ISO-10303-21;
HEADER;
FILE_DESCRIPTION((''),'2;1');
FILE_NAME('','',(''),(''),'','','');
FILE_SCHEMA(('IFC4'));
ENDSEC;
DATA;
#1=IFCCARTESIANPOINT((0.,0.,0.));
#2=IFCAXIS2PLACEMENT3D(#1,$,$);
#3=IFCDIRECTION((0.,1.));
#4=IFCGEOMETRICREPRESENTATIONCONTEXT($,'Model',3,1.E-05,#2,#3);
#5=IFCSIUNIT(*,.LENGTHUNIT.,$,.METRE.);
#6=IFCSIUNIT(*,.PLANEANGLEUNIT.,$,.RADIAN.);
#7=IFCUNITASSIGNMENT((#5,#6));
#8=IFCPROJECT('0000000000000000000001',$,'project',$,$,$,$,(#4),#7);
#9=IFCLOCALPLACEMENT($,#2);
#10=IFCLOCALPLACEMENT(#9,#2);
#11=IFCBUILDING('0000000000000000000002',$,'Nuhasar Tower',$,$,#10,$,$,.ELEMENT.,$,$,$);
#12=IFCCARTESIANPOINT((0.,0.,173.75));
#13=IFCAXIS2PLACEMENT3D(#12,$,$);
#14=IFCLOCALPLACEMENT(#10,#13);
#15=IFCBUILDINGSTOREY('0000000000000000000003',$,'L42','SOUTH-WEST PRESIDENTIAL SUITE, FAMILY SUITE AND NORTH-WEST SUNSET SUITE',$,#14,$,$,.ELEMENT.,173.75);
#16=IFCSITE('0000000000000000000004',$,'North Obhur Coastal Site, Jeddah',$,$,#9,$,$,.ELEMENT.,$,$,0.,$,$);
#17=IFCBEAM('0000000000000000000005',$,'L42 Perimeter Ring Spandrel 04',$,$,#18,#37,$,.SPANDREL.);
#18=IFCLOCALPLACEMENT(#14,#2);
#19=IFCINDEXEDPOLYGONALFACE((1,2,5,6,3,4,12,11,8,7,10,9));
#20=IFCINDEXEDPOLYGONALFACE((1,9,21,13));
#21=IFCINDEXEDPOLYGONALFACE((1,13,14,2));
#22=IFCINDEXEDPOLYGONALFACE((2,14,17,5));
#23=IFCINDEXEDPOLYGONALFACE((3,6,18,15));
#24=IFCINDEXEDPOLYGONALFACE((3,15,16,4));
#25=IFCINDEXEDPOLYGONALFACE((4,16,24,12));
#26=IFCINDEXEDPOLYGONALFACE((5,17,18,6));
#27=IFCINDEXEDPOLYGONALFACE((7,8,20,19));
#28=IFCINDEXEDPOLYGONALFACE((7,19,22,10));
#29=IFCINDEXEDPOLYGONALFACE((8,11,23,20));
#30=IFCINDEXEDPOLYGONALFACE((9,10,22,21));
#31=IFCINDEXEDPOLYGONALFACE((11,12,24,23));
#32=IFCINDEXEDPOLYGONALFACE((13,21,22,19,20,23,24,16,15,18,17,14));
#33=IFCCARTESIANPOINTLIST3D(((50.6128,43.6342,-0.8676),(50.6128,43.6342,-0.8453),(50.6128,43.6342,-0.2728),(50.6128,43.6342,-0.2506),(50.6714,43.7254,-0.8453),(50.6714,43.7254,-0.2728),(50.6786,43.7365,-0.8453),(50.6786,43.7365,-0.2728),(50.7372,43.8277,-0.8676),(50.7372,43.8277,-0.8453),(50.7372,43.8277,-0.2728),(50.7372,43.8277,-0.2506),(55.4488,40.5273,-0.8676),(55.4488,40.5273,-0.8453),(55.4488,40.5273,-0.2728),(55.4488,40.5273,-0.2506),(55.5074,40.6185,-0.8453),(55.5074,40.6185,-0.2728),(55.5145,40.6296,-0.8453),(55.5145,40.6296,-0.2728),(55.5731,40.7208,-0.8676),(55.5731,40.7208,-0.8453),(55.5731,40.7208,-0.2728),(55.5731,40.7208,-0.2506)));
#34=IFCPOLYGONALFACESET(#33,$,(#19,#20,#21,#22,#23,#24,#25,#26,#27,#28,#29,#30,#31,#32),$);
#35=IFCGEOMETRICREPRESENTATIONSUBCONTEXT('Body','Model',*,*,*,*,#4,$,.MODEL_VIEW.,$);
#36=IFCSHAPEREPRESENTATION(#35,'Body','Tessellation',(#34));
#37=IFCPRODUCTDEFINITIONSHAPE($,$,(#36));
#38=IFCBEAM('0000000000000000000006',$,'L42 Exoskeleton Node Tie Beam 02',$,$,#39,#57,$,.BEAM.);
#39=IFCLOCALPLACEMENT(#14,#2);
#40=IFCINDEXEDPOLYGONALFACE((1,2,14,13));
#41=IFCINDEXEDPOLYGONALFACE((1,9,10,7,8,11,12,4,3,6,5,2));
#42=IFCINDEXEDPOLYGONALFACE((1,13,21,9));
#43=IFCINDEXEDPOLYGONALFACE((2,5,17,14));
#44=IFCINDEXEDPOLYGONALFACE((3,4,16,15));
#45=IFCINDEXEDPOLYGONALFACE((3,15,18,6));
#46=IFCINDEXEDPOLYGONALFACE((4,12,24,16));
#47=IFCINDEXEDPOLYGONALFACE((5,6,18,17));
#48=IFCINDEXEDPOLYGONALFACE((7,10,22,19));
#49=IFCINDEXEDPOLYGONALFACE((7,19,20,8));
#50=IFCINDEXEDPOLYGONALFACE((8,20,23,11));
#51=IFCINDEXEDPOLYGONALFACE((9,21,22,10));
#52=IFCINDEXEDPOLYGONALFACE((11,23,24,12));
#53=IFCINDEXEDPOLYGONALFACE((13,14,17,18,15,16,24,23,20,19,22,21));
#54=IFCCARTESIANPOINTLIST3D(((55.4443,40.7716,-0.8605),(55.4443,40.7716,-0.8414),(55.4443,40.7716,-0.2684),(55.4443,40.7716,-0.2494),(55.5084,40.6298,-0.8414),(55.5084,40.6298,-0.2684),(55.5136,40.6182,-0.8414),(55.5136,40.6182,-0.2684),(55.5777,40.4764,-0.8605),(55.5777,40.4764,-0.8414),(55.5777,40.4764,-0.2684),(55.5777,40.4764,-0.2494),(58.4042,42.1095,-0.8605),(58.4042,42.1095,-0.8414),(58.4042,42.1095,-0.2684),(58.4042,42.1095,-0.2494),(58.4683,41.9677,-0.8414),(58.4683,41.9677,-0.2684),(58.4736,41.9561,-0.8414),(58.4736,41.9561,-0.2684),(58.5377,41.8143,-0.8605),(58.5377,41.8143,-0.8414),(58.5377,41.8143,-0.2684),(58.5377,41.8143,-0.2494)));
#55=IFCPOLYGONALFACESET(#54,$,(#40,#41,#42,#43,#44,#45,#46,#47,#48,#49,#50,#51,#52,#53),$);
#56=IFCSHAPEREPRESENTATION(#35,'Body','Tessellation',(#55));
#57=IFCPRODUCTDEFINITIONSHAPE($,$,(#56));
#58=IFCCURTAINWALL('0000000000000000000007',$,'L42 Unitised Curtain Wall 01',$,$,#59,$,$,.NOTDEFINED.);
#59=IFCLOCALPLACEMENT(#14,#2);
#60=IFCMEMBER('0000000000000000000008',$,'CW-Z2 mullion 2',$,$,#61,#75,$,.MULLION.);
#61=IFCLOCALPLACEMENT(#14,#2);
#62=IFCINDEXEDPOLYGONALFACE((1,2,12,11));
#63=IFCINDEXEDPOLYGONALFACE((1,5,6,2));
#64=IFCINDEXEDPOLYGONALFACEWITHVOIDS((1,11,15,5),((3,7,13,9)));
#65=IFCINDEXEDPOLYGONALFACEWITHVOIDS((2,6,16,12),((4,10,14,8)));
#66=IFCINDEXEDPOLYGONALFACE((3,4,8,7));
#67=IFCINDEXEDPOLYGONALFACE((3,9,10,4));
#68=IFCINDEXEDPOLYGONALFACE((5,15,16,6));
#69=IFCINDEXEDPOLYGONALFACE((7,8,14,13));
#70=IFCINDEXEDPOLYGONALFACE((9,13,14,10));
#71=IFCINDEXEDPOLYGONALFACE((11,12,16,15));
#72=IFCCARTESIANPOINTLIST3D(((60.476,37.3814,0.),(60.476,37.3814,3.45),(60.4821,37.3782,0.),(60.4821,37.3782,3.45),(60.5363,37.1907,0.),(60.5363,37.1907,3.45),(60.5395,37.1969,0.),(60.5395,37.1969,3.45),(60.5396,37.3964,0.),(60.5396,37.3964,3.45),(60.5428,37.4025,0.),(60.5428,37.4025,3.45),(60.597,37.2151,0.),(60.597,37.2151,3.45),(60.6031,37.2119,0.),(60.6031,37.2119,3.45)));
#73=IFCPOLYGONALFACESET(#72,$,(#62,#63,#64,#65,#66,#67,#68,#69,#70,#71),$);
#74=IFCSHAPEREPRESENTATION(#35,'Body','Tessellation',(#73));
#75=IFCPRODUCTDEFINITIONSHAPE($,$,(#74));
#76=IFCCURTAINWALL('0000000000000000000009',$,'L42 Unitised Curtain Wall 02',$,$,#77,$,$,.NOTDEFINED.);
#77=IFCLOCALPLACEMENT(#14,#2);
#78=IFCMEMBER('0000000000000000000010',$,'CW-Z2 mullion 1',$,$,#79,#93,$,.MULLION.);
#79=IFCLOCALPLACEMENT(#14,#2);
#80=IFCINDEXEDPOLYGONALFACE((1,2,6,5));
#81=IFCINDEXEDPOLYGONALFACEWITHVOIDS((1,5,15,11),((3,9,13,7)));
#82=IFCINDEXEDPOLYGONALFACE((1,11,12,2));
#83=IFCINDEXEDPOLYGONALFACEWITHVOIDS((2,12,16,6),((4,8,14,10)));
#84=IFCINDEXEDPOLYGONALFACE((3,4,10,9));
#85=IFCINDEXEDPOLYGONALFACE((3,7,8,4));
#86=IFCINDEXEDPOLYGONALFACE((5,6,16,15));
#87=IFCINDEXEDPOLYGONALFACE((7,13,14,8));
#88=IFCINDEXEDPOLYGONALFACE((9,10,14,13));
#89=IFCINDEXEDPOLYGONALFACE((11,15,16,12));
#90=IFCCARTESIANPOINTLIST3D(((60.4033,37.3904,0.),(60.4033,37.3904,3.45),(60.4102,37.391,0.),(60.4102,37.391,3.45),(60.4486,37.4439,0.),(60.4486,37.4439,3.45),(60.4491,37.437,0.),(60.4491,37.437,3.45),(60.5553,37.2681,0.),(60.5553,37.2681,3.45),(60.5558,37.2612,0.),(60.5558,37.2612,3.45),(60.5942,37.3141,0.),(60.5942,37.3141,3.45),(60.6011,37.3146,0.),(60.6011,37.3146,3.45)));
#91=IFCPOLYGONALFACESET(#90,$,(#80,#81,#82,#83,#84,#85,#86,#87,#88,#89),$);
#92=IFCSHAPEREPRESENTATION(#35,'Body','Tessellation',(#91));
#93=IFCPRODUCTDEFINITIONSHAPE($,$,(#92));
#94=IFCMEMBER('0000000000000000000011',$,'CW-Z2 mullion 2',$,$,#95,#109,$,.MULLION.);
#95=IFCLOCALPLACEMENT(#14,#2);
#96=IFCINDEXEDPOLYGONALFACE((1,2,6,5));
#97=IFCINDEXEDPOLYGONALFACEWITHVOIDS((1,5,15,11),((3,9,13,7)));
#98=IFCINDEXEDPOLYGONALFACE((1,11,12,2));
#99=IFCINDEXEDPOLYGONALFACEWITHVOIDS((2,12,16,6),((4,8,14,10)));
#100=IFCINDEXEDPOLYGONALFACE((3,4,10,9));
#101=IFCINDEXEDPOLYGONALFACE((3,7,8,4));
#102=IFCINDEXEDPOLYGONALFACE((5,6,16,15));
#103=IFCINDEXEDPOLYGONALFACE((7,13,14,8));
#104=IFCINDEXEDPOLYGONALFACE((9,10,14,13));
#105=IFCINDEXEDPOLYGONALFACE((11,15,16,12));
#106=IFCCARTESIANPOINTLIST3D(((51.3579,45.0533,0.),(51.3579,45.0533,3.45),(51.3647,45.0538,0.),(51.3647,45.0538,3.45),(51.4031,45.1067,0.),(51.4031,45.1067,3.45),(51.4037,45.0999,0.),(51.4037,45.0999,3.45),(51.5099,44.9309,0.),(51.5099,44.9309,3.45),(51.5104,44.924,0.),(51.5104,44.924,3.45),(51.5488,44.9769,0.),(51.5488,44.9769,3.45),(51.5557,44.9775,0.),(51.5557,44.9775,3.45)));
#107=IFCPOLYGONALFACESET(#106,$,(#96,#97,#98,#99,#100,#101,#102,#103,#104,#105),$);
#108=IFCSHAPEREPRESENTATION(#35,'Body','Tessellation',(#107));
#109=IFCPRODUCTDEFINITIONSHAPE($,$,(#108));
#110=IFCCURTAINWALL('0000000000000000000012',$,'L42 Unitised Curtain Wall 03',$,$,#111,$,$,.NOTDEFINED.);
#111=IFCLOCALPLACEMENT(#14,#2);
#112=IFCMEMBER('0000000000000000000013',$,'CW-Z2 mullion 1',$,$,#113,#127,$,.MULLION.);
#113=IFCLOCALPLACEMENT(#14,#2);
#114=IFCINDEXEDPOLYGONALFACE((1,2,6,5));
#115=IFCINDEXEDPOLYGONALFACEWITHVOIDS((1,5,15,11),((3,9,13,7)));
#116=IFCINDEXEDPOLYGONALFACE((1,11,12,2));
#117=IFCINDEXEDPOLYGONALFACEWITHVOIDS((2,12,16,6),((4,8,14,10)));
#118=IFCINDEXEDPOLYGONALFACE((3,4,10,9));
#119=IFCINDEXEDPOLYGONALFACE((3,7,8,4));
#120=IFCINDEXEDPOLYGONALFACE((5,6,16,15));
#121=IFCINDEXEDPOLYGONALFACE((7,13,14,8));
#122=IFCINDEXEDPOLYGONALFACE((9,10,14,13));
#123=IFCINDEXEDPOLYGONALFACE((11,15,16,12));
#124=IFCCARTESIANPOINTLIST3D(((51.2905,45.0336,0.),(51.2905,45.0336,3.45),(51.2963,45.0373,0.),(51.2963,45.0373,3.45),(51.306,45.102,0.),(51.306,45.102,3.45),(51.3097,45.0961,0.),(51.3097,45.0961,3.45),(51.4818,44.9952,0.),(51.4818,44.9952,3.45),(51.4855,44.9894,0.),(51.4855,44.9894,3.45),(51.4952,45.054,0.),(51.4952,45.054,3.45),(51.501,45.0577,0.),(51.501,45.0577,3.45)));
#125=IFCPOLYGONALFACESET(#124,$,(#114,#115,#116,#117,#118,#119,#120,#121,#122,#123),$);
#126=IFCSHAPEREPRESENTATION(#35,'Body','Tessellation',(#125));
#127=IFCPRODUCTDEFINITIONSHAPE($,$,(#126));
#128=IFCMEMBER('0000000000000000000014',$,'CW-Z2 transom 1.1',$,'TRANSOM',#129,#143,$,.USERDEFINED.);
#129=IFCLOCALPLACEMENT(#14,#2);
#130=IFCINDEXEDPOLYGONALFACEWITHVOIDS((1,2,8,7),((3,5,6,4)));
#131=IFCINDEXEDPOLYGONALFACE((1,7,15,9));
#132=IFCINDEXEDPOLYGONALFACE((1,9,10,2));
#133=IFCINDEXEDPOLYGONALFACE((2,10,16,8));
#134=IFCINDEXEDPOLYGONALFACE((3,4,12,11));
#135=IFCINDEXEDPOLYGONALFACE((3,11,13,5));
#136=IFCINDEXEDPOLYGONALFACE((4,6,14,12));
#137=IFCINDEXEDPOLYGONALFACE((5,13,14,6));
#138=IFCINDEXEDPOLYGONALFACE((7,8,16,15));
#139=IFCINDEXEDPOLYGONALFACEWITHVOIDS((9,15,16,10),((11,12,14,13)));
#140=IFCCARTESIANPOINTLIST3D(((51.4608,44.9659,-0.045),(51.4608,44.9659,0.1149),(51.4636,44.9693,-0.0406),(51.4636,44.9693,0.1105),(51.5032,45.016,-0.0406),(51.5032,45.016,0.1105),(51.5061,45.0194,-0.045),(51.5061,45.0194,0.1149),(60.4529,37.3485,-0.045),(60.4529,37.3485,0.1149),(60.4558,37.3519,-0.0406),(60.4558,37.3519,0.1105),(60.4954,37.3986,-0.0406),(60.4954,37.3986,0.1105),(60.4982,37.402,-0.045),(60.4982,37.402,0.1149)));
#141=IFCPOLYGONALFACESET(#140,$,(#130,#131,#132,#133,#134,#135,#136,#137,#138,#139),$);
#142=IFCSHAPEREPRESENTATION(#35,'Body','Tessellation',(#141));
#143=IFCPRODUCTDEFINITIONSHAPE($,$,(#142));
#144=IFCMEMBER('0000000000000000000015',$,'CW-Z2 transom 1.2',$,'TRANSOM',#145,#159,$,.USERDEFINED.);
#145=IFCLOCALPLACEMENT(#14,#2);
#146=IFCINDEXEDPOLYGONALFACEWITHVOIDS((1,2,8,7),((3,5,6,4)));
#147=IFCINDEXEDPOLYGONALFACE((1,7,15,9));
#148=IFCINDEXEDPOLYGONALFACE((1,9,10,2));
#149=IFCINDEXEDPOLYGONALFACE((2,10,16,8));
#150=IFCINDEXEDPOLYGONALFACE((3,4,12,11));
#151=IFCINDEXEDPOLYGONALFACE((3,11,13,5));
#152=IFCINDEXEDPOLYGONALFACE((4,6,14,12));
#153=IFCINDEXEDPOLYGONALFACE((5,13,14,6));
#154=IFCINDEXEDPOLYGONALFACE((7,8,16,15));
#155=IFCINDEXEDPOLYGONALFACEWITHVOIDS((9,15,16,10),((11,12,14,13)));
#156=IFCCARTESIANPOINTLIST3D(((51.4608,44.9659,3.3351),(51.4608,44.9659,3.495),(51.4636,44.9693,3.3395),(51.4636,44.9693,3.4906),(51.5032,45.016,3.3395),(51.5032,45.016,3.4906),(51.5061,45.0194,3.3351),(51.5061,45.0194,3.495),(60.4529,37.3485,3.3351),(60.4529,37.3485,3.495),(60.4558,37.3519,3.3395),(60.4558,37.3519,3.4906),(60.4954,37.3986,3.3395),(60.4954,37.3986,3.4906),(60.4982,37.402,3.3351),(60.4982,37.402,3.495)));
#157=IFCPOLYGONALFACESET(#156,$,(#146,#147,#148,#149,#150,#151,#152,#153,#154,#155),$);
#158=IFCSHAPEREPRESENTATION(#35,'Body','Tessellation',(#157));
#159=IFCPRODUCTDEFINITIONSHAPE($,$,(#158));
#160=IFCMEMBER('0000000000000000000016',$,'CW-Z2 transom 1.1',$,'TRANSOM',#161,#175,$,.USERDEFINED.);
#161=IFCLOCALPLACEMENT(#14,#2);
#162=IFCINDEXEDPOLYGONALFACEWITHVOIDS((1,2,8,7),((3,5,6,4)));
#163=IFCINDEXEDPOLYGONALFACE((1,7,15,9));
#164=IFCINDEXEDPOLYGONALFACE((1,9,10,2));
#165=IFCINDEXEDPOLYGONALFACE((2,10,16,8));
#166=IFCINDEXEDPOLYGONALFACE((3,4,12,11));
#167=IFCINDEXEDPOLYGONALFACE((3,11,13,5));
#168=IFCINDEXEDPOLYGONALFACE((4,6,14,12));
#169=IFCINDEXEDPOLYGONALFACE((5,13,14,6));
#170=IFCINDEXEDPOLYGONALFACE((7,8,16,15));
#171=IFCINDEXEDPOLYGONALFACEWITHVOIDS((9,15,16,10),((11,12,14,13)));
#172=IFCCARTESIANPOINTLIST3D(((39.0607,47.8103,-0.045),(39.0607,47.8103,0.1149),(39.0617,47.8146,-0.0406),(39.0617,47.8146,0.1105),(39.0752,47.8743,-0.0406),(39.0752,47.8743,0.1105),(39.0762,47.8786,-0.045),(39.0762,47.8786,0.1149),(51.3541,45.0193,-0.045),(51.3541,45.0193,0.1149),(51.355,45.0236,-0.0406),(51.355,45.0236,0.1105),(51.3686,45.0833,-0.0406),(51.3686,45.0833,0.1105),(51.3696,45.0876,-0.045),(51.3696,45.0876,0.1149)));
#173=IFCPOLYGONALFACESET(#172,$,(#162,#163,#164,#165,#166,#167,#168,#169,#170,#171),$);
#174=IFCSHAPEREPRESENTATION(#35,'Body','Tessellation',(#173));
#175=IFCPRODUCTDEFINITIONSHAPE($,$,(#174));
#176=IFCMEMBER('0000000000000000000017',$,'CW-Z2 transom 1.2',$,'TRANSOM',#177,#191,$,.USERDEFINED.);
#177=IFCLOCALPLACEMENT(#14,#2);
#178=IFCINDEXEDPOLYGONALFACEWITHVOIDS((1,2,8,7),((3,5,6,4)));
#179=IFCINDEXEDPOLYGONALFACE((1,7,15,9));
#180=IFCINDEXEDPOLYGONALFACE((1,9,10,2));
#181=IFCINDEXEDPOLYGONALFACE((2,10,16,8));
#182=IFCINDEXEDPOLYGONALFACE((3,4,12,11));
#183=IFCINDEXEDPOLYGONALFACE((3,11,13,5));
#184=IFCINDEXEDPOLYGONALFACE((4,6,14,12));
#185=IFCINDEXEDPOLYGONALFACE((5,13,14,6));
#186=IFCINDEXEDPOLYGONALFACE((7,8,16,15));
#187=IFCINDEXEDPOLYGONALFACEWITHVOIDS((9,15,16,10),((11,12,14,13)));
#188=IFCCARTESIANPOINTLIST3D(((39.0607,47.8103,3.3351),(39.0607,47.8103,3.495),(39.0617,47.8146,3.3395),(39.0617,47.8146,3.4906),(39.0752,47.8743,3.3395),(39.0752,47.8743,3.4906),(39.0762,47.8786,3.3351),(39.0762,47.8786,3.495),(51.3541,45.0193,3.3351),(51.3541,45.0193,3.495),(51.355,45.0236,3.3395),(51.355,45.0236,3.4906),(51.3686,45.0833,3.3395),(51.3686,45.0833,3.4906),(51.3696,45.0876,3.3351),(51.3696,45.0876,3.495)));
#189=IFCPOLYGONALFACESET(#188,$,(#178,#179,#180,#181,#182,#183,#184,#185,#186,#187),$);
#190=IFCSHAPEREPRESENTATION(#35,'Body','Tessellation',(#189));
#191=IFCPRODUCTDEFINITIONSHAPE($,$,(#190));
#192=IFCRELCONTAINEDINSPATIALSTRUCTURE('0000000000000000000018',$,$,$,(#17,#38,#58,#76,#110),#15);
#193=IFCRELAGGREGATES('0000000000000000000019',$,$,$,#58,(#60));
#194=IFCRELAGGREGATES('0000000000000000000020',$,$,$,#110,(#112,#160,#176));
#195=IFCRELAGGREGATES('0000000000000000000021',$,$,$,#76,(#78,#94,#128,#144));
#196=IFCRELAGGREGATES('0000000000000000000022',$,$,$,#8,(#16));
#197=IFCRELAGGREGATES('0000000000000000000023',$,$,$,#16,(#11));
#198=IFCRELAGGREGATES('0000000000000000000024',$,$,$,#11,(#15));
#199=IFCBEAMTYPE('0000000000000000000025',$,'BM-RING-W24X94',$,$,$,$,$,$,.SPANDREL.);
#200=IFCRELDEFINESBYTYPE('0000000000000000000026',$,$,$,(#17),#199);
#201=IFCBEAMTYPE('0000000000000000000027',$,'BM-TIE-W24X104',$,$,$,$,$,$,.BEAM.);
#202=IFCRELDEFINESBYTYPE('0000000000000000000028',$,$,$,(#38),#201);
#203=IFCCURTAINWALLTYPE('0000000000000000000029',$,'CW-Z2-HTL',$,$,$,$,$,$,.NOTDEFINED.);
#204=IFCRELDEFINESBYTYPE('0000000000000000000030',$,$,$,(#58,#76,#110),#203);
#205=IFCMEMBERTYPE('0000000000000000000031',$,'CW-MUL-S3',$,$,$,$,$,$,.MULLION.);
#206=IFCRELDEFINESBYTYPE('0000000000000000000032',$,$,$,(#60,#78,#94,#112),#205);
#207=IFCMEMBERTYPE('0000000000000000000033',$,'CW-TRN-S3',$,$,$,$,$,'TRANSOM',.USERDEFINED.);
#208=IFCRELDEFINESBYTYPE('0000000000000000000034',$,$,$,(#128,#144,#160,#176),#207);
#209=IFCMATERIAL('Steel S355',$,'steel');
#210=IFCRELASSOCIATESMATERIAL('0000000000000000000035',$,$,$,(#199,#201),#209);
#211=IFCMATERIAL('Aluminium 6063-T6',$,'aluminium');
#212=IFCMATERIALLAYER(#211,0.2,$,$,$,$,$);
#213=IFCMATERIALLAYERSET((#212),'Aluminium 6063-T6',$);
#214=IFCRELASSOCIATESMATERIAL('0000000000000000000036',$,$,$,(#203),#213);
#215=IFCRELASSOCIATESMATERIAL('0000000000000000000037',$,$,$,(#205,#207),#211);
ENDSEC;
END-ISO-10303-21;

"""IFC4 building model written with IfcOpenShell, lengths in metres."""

from ifc_helpers import new_model, si_unit, direction, frame, origin, origin_2d, place, context, subcontext, project, spatial, hollow_rectangle, i_section, extrude, material, layer, layer_set, material_profile, profile_set, type_object, element, aggregate, save


model = new_model("IFC4")

# Units and contexts
model_context = context("Model", 3, precision=1e-05, world=origin(), true_north=direction((0.0, 1.0)))
body_context = subcontext(model_context, "Body", "Model", "MODEL_VIEW")
ifc_project = project(units=[si_unit("LENGTHUNIT", "METRE"), si_unit("PLANEANGLEUNIT", "RADIAN")], contexts=[model_context])

# Site, building, storey
site_placement = place(None, origin())
site = spatial("IfcSite", under=ifc_project, at=site_placement, Name="North Obhur Coastal Site, Jeddah", CompositionType="ELEMENT", RefElevation=0.0)
building_placement = place(site_placement, origin())
building = spatial("IfcBuilding", under=site, at=building_placement, Name="Nuhasar Tower", CompositionType="ELEMENT")
storey_placement = place(building_placement, frame((0.0, 0.0, 173.75)))
storey = spatial("IfcBuildingStorey", under=building, at=storey_placement, Name="L42", Description="SOUTH-WEST PRESIDENTIAL SUITE, FAMILY SUITE AND NORTH-WEST SUNSET SUITE", CompositionType="ELEMENT", Elevation=173.75)

# Beams
ifc_material_1 = material(Name="Steel S355", Category="steel")
ifc_material_profile_1 = material_profile(ifc_material_1, i_section(OverallWidth=0.23, OverallDepth=0.6169, WebThickness=0.0132, FlangeThickness=0.0222, at=origin_2d()), Name="W24X94")
ifc_profile_set_1 = profile_set([ifc_material_profile_1], Name="Steel S355")
beam_type_1 = type_object("IfcBeamType", Name="BM-RING-W24X94", PredefinedType="SPANDREL", material=ifc_profile_set_1)
beam_1_placement = place(storey_placement, frame((55.511, 40.624, -0.5591), z_axis=(-0.841327, 0.540526, 0.0), x_axis=(-0.540526, -0.841327, 0.0)))
element("IfcBeam", 1, at=beam_1_placement, inside=storey, type_object=beam_type_1, Name="L42 Perimeter Ring Spandrel 04", PredefinedType="SPANDREL", context=body_context, shape_type="SweptSolid", body=[
    extrude(i_section(OverallWidth=0.23, OverallDepth=0.6169, WebThickness=0.0132, FlangeThickness=0.0222, at=origin_2d()), origin(), (0.0, 0.0, 1.0), 5.748),
])
ifc_material_profile_2 = material_profile(ifc_material_1, i_section(OverallWidth=0.324, OverallDepth=0.6111, WebThickness=0.0127, FlangeThickness=0.019, at=origin_2d()), Name="W24X104")
ifc_profile_set_2 = profile_set([ifc_material_profile_2], Name="Steel S355")
beam_type_2 = type_object("IfcBeamType", Name="BM-TIE-W24X104", PredefinedType="BEAM", material=ifc_profile_set_2)
beam_2_placement = place(storey_placement, frame((55.511, 40.624, -0.5549), z_axis=(0.91124, 0.411877, 0.0), x_axis=(-0.411877, 0.91124, 0.0)))
element("IfcBeam", 2, at=beam_2_placement, inside=storey, type_object=beam_type_2, Name="L42 Exoskeleton Node Tie Beam 02", PredefinedType="BEAM", context=body_context, shape_type="SweptSolid", body=[
    extrude(i_section(OverallWidth=0.324, OverallDepth=0.6111, WebThickness=0.0127, FlangeThickness=0.019, at=origin_2d()), origin(), (0.0, 0.0, 1.0), 3.2483),
])

# Curtain wall, member
ifc_material_2 = material(Name="Aluminium 6063-T6", Category="aluminium")
ifc_layer_1 = layer(ifc_material_2, 0.2)
ifc_layer_set_1 = layer_set([ifc_layer_1], Name="Aluminium 6063-T6")
curtain_wall_type = type_object("IfcCurtainWallType", Name="CW-Z2-HTL", PredefinedType="NOTDEFINED", material=ifc_layer_set_1)
curtain_wall_1_placement = place(storey_placement, origin())
curtain_wall_1 = element("IfcCurtainWall", 3, at=curtain_wall_1_placement, inside=storey, type_object=curtain_wall_type, Name="L42 Unitised Curtain Wall 01", PredefinedType="NOTDEFINED")
ifc_material_profile_3 = material_profile(ifc_material_2, hollow_rectangle(XDim=0.0701, YDim=0.2, WallThickness=0.0049, at=origin_2d()), Name="CWM-3")
ifc_profile_set_3 = profile_set([ifc_material_profile_3], Name="Aluminium 6063-T6")
member_type_1 = type_object("IfcMemberType", Name="CW-MUL-S3", PredefinedType="MULLION", material=ifc_profile_set_3)
member_1_placement = place(storey_placement, frame((60.5396, 37.2966, 0.0), z_axis=(0.0, 0.0, 1.0), x_axis=(-0.953433, -0.301604, 0.0)))
member_1 = element("IfcMember", 4, at=member_1_placement, type_object=member_type_1, Name="CW-Z2 mullion 2", PredefinedType="MULLION", context=body_context, shape_type="SweptSolid", body=[
    extrude(hollow_rectangle(XDim=0.0701, YDim=0.2, WallThickness=0.0049, at=origin_2d()), origin(), (0.0, 0.0, 1.0), 3.45),
])
aggregate(curtain_wall_1, [member_1])

# Curtain wall, members
curtain_wall_2_placement = place(storey_placement, origin())
curtain_wall_2 = element("IfcCurtainWall", 5, at=curtain_wall_2_placement, inside=storey, type_object=curtain_wall_type, Name="L42 Unitised Curtain Wall 02", PredefinedType="NOTDEFINED")
member_2_placement = place(storey_placement, frame((60.5022, 37.3525, 0.0), z_axis=(0.0, 0.0, 1.0), x_axis=(-0.646374, -0.76302, 0.0)))
member_2 = element("IfcMember", 6, at=member_2_placement, type_object=member_type_1, Name="CW-Z2 mullion 1", PredefinedType="MULLION", context=body_context, shape_type="SweptSolid", body=[
    extrude(hollow_rectangle(XDim=0.0701, YDim=0.2, WallThickness=0.0049, at=origin_2d()), origin(), (0.0, 0.0, 1.0), 3.45),
])
member_3_placement = place(storey_placement, frame((51.4568, 45.0154, 0.0), z_axis=(0.0, 0.0, 1.0), x_axis=(-0.646374, -0.76302, 0.0)))
member_3 = element("IfcMember", 7, at=member_3_placement, type_object=member_type_1, Name="CW-Z2 mullion 2", PredefinedType="MULLION", context=body_context, shape_type="SweptSolid", body=[
    extrude(hollow_rectangle(XDim=0.0701, YDim=0.2, WallThickness=0.0049, at=origin_2d()), origin(), (0.0, 0.0, 1.0), 3.45),
])

# Curtain wall, member
curtain_wall_3_placement = place(storey_placement, origin())
curtain_wall_3 = element("IfcCurtainWall", 8, at=curtain_wall_3_placement, inside=storey, type_object=curtain_wall_type, Name="L42 Unitised Curtain Wall 03", PredefinedType="NOTDEFINED")
member_4_placement = place(storey_placement, frame((51.3958, 45.0457, 0.0), z_axis=(0.0, 0.0, 1.0), x_axis=(-0.221397, -0.975184, 0.0)))
member_4 = element("IfcMember", 9, at=member_4_placement, type_object=member_type_1, Name="CW-Z2 mullion 1", PredefinedType="MULLION", context=body_context, shape_type="SweptSolid", body=[
    extrude(hollow_rectangle(XDim=0.0701, YDim=0.2, WallThickness=0.0049, at=origin_2d()), origin(), (0.0, 0.0, 1.0), 3.45),
])

# Members
ifc_material_profile_4 = material_profile(ifc_material_2, hollow_rectangle(XDim=0.0701, YDim=0.1599, WallThickness=0.0044, at=origin_2d()), Name="CWT-3")
ifc_profile_set_4 = profile_set([ifc_material_profile_4], Name="Aluminium 6063-T6")
member_type_2 = type_object("IfcMemberType", Name="CW-TRN-S3", ElementType="TRANSOM", PredefinedType="USERDEFINED", material=ifc_profile_set_4)
member_5_placement = place(storey_placement, frame((60.4756, 37.3752, 0.0349), z_axis=(-0.763024, 0.64637, 0.0), x_axis=(-0.64637, -0.763024, 0.0)))
member_5 = element("IfcMember", 10, at=member_5_placement, type_object=member_type_2, Name="CW-Z2 transom 1.1", ObjectType="TRANSOM", PredefinedType="USERDEFINED", context=body_context, shape_type="SweptSolid", body=[
    extrude(hollow_rectangle(XDim=0.0701, YDim=0.1599, WallThickness=0.0044, at=origin_2d()), origin(), (0.0, 0.0, 1.0), 11.7849),
])
member_6_placement = place(storey_placement, frame((60.4756, 37.3752, 3.415), z_axis=(-0.763024, 0.64637, 0.0), x_axis=(-0.64637, -0.763024, 0.0)))
member_6 = element("IfcMember", 11, at=member_6_placement, type_object=member_type_2, Name="CW-Z2 transom 1.2", ObjectType="TRANSOM", PredefinedType="USERDEFINED", context=body_context, shape_type="SweptSolid", body=[
    extrude(hollow_rectangle(XDim=0.0701, YDim=0.1599, WallThickness=0.0044, at=origin_2d()), origin(), (0.0, 0.0, 1.0), 11.7849),
])
member_7_placement = place(storey_placement, frame((51.3618, 45.0535, 0.0349), z_axis=(-0.975183, 0.221398, 0.0), x_axis=(-0.221398, -0.975183, 0.0)))
member_7 = element("IfcMember", 12, at=member_7_placement, type_object=member_type_2, Name="CW-Z2 transom 1.1", ObjectType="TRANSOM", PredefinedType="USERDEFINED", context=body_context, shape_type="SweptSolid", body=[
    extrude(hollow_rectangle(XDim=0.0701, YDim=0.1599, WallThickness=0.0044, at=origin_2d()), origin(), (0.0, 0.0, 1.0), 12.6062),
])
member_8_placement = place(storey_placement, frame((51.3618, 45.0535, 3.415), z_axis=(-0.975183, 0.221398, 0.0), x_axis=(-0.221398, -0.975183, 0.0)))
member_8 = element("IfcMember", 13, at=member_8_placement, type_object=member_type_2, Name="CW-Z2 transom 1.2", ObjectType="TRANSOM", PredefinedType="USERDEFINED", context=body_context, shape_type="SweptSolid", body=[
    extrude(hollow_rectangle(XDim=0.0701, YDim=0.1599, WallThickness=0.0044, at=origin_2d()), origin(), (0.0, 0.0, 1.0), 12.6062),
])
aggregate(curtain_wall_3, [member_4, member_7, member_8])

aggregate(curtain_wall_2, [member_2, member_3, member_5, member_6])

save(model, "model.ifc")
